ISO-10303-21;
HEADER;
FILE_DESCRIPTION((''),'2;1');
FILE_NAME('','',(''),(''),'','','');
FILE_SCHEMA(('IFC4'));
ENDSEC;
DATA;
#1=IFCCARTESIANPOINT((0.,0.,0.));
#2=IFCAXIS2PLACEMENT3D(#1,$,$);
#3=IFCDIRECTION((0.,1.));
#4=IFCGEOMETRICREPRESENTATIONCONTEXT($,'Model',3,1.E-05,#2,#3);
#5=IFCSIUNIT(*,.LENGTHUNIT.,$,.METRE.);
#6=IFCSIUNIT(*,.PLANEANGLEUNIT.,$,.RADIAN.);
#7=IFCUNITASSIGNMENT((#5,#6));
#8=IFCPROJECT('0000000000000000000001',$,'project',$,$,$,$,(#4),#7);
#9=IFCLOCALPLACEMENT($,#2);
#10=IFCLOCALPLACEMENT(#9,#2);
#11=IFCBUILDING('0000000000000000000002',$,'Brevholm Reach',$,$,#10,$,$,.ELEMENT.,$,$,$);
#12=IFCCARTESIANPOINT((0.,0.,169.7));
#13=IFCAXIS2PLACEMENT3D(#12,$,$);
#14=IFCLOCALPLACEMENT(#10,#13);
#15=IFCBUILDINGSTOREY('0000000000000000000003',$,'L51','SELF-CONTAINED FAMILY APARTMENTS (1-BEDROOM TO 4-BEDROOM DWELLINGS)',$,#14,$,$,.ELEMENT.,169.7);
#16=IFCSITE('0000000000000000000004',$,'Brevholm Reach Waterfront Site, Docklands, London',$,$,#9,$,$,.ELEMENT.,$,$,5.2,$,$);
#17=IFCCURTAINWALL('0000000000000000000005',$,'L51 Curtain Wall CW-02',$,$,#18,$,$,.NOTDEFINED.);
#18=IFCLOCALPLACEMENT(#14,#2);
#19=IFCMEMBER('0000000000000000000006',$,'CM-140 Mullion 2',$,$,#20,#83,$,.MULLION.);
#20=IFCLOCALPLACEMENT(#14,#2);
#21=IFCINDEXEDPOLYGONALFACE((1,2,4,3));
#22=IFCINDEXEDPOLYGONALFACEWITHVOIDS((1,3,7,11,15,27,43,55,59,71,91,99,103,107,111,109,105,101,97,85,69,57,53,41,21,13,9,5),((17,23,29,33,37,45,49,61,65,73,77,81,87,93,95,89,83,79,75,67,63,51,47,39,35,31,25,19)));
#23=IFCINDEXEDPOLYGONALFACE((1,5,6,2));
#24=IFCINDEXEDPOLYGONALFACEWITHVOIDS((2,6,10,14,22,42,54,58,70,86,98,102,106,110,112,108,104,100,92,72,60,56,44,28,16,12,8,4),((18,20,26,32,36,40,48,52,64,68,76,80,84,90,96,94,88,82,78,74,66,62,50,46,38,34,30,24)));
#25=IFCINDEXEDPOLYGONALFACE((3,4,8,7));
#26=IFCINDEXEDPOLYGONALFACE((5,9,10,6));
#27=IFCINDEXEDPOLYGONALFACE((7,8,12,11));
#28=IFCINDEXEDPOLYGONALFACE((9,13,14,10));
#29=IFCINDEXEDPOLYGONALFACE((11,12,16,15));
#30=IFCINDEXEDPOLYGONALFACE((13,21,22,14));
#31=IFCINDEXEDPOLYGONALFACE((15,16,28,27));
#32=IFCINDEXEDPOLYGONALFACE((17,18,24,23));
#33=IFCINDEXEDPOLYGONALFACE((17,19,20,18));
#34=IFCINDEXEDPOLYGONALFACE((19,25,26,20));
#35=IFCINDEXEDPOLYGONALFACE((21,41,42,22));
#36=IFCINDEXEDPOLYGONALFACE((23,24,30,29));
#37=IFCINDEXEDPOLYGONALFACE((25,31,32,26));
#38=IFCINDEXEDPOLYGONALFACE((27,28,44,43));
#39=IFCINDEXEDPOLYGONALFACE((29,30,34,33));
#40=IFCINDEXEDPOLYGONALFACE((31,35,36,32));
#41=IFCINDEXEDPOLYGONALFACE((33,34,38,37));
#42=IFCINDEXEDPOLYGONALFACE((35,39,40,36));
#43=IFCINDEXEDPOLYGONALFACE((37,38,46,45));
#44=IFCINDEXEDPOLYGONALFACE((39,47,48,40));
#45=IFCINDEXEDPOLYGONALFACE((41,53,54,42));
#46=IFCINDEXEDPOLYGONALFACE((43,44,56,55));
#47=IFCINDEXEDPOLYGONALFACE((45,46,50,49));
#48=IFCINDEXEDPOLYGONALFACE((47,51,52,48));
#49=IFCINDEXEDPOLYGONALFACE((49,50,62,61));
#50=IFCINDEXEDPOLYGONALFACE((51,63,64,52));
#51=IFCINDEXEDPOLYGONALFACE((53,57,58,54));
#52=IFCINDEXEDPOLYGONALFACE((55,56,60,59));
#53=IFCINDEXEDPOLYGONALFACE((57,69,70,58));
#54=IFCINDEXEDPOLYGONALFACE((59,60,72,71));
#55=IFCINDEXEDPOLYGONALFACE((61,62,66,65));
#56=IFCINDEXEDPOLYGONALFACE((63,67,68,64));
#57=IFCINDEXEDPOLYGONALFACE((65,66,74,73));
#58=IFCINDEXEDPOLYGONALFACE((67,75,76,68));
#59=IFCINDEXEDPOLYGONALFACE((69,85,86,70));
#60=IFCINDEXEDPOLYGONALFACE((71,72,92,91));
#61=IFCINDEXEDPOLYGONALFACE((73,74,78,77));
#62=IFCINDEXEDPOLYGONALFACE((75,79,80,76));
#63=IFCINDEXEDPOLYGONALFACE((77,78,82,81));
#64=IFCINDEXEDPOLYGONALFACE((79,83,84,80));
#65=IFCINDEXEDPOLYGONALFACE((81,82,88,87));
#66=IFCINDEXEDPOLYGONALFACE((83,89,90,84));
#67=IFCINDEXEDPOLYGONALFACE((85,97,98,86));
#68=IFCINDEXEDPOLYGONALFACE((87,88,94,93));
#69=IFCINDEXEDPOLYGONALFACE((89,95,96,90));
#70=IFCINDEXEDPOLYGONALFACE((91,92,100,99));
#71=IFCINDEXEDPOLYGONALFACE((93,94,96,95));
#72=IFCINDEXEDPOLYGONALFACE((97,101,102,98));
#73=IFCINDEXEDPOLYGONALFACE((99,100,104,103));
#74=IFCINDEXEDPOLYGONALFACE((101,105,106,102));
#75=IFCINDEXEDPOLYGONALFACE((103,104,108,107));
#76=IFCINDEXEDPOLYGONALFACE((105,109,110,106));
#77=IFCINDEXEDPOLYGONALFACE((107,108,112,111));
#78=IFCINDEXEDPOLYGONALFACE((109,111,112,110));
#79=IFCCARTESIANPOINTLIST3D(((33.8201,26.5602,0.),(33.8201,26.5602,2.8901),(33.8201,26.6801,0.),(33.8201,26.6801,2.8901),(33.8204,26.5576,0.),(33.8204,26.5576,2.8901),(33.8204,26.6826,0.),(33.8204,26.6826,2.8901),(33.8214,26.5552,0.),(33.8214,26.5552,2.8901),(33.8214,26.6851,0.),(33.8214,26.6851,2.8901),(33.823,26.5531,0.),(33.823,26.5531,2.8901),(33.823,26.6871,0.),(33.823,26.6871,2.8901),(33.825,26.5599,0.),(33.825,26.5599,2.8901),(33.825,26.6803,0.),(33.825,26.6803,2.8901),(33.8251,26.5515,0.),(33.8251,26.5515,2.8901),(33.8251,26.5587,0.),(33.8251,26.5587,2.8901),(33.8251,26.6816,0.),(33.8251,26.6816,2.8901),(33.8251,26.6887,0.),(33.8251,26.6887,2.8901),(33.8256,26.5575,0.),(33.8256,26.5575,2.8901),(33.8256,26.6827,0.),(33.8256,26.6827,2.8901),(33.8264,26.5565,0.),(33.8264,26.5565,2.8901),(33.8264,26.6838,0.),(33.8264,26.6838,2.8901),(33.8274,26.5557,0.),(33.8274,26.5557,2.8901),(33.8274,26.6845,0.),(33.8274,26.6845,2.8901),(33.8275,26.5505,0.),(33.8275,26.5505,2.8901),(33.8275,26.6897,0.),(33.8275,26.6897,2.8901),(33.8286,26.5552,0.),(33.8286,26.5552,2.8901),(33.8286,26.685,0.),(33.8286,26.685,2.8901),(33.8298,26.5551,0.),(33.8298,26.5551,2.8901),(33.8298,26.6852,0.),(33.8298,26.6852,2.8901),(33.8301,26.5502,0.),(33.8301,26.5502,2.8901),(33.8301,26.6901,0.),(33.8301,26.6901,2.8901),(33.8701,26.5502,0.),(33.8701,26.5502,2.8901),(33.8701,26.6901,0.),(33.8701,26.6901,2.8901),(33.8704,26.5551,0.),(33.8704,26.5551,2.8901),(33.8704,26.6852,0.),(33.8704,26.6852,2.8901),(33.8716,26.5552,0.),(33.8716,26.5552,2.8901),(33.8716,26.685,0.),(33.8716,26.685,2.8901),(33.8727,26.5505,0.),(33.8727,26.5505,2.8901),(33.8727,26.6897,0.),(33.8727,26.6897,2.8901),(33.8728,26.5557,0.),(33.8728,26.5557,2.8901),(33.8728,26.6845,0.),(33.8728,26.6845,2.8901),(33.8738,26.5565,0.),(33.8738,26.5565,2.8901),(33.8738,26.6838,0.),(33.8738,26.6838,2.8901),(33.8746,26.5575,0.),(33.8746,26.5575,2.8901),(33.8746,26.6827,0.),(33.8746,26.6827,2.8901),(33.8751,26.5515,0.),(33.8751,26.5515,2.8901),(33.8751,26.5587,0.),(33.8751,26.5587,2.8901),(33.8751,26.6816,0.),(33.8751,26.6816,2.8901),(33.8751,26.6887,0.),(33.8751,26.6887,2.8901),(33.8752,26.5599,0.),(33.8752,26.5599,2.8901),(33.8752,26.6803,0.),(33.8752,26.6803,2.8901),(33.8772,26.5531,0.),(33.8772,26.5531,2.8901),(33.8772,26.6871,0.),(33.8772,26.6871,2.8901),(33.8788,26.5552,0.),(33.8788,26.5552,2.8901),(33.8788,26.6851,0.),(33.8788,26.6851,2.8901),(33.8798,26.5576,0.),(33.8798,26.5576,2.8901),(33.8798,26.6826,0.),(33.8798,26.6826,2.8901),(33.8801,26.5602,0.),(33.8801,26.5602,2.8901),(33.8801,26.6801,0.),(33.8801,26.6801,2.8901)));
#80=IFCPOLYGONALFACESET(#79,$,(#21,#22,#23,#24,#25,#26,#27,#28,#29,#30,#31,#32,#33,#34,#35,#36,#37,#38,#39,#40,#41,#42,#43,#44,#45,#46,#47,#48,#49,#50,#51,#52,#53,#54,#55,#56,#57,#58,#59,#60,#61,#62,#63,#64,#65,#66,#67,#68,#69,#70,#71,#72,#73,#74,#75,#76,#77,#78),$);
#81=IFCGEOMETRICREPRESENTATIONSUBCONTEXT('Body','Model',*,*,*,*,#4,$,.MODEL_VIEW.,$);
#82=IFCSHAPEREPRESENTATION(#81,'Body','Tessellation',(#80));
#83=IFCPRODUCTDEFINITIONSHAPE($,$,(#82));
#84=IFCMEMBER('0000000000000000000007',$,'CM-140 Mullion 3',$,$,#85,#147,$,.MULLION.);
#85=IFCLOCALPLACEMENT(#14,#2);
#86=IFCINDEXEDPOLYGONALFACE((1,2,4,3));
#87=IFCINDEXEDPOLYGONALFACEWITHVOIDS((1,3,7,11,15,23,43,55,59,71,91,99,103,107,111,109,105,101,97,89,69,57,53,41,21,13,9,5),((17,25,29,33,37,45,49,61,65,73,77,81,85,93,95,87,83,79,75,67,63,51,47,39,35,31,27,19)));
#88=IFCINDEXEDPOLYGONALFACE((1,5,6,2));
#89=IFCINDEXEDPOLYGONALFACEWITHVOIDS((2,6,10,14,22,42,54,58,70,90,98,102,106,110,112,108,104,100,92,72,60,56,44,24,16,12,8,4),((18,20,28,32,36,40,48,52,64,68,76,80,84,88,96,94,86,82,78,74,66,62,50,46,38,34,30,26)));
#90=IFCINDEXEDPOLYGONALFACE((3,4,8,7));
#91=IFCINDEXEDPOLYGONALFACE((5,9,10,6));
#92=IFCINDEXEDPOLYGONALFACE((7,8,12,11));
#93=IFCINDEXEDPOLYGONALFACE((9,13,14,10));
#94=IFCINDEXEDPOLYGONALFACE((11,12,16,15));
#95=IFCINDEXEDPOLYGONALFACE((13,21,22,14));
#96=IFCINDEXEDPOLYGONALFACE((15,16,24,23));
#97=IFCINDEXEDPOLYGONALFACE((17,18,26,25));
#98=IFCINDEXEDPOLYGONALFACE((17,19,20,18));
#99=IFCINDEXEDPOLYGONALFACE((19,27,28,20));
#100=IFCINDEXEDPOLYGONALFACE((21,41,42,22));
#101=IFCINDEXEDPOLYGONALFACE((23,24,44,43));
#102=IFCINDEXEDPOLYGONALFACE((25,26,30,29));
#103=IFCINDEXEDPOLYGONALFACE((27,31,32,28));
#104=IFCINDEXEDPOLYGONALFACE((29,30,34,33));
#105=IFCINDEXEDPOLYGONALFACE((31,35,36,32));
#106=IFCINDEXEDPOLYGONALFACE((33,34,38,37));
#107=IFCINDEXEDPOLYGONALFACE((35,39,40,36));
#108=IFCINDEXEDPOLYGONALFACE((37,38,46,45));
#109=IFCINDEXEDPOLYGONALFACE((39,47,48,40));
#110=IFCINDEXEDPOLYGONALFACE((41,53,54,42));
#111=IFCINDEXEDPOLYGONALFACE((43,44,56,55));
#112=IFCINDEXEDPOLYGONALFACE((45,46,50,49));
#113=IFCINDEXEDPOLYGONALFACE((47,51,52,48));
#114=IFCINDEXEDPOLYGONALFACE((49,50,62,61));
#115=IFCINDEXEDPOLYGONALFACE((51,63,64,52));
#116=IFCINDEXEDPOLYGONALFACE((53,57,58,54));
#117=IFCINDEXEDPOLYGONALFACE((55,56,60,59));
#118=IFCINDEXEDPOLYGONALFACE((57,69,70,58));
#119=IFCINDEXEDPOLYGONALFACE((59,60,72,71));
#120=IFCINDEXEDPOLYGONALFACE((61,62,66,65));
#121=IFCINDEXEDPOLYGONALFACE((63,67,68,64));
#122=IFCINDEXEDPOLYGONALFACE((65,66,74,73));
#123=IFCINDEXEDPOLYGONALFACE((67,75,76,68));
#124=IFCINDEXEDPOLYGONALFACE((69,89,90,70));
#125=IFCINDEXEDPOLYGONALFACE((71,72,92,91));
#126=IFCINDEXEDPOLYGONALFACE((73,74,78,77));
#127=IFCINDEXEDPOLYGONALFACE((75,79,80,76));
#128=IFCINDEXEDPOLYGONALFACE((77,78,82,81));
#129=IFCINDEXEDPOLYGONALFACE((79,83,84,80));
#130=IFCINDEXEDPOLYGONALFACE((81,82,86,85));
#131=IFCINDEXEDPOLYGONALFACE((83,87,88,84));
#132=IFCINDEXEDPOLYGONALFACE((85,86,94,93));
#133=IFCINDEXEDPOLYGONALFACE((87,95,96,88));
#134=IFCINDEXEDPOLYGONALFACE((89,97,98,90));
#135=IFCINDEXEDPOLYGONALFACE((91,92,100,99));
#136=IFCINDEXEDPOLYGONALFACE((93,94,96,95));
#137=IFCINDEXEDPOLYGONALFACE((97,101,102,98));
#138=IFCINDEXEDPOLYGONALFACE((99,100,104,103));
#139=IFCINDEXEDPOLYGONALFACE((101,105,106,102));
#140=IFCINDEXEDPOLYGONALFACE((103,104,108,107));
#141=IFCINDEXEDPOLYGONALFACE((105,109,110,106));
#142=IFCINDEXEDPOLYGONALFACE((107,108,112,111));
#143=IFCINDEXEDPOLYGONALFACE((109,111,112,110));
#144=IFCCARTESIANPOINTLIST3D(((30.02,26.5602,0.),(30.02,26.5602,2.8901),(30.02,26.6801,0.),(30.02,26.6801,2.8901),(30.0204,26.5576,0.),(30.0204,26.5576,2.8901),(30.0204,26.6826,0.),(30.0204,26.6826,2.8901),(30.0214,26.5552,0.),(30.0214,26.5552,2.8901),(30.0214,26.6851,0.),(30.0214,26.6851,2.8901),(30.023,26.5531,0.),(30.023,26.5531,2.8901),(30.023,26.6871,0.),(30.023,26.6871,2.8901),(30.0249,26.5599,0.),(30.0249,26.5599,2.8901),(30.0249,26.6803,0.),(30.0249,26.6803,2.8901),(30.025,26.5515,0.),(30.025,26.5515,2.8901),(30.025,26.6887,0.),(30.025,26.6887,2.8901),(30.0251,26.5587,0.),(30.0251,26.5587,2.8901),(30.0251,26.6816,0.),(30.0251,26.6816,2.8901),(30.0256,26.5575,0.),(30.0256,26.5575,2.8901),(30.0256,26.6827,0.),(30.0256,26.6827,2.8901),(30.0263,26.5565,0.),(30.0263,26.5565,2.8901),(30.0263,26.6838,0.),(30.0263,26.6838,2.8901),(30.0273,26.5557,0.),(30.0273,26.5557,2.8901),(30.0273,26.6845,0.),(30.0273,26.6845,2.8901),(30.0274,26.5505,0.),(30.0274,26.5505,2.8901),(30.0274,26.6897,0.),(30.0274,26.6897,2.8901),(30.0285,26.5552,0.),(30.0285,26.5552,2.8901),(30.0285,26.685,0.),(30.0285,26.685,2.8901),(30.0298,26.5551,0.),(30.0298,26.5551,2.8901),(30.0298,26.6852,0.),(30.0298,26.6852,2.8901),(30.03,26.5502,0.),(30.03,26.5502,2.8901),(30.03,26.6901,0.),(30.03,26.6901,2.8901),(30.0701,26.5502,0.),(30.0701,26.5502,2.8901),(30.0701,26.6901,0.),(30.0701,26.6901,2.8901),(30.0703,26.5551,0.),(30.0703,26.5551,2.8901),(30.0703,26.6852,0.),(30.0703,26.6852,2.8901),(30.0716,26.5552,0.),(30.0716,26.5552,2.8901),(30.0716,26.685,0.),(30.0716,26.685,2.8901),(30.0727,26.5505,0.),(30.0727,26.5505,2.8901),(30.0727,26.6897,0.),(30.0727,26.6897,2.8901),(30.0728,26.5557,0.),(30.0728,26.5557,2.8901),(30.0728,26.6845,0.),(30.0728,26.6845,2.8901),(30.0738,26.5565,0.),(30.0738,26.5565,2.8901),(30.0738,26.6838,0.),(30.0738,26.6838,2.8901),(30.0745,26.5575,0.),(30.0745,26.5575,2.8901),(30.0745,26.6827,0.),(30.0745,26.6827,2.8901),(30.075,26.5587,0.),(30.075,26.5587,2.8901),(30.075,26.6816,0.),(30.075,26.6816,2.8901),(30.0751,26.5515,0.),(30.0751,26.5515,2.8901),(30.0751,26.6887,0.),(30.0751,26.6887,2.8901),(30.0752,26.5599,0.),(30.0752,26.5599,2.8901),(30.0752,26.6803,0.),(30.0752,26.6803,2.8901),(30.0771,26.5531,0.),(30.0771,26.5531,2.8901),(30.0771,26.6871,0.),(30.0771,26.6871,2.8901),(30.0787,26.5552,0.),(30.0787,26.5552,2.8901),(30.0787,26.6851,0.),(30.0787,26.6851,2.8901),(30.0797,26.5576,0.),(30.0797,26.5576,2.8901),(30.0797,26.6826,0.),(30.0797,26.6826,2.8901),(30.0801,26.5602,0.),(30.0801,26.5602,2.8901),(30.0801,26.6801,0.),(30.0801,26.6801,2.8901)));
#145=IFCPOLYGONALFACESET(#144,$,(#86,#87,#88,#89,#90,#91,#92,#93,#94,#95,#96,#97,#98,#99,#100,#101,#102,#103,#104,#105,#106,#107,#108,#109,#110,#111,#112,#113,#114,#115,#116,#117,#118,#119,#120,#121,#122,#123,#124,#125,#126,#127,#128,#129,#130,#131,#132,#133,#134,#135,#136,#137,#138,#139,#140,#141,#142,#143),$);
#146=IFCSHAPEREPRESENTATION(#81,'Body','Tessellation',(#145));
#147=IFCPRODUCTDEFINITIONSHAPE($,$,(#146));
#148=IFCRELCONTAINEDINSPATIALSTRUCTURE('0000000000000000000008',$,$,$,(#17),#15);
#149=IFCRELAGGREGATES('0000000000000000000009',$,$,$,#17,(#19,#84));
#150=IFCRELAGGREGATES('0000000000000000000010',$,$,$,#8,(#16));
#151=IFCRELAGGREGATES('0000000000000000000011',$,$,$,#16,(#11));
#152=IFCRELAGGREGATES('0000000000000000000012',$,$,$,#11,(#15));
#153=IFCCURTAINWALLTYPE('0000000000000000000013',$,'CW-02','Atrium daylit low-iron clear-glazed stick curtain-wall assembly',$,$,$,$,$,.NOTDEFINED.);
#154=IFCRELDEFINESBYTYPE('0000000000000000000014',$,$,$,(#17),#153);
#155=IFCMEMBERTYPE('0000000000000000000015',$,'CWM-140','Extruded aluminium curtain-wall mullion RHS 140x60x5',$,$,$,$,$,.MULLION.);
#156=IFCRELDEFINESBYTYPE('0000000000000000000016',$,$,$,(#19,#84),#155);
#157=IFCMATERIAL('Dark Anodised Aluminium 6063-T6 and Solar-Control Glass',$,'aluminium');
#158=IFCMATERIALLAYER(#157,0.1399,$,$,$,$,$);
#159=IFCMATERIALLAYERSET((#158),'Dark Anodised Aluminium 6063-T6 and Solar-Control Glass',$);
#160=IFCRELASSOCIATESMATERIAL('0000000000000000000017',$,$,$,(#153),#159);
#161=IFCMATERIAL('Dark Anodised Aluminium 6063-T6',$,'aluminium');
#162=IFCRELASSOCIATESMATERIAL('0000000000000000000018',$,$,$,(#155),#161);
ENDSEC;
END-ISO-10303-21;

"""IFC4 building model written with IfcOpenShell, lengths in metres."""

from ifc_helpers import new_model, si_unit, direction, frame, origin, origin_2d, place, context, subcontext, project, spatial, hollow_rectangle, extrude, material, layer, layer_set, material_profile, profile_set, type_object, element, aggregate, save


model = new_model("IFC4")

# Units and contexts
model_context = context("Model", 3, precision=1e-05, world=origin(), true_north=direction((0.0, 1.0)))
body_context = subcontext(model_context, "Body", "Model", "MODEL_VIEW")
ifc_project = project(units=[si_unit("LENGTHUNIT", "METRE"), si_unit("PLANEANGLEUNIT", "RADIAN")], contexts=[model_context])

# Site, building, storey
site_placement = place(None, origin())
site = spatial("IfcSite", under=ifc_project, at=site_placement, Name="Brevholm Reach Waterfront Site, Docklands, London", CompositionType="ELEMENT", RefElevation=5.2)
building_placement = place(site_placement, origin())
building = spatial("IfcBuilding", under=site, at=building_placement, Name="Brevholm Reach", CompositionType="ELEMENT")
storey_placement = place(building_placement, frame((0.0, 0.0, 169.7)))
storey = spatial("IfcBuildingStorey", under=building, at=storey_placement, Name="L51", Description="SELF-CONTAINED FAMILY APARTMENTS (1-BEDROOM TO 4-BEDROOM DWELLINGS)", CompositionType="ELEMENT", Elevation=169.7)

# Curtain wall, members
ifc_material_1 = material(Name="Dark Anodised Aluminium 6063-T6 and Solar-Control Glass", Category="aluminium")
ifc_layer_1 = layer(ifc_material_1, 0.1399)
ifc_layer_set_1 = layer_set([ifc_layer_1], Name="Dark Anodised Aluminium 6063-T6 and Solar-Control Glass")
curtain_wall_type_1 = type_object("IfcCurtainWallType", Name="CW-02", Description="Atrium daylit low-iron clear-glazed stick curtain-wall assembly", PredefinedType="NOTDEFINED", material=ifc_layer_set_1)
curtain_wall_1_placement = place(storey_placement, origin())
curtain_wall_1 = element("IfcCurtainWall", 1, at=curtain_wall_1_placement, inside=storey, type_object=curtain_wall_type_1, Name="L51 Curtain Wall CW-02", PredefinedType="NOTDEFINED")
ifc_material_2 = material(Name="Dark Anodised Aluminium 6063-T6", Category="aluminium")
ifc_material_profile_1 = material_profile(ifc_material_2, hollow_rectangle(XDim=0.0601, YDim=0.1399, WallThickness=0.0049, InnerFilletRadius=0.0049, OuterFilletRadius=0.01, at=origin_2d()), Name="RHS 140x60x5")
ifc_profile_set_1 = profile_set([ifc_material_profile_1], Name="Dark Anodised Aluminium 6063-T6")
member_type_1 = type_object("IfcMemberType", Name="CWM-140", Description="Extruded aluminium curtain-wall mullion RHS 140x60x5", PredefinedType="MULLION", material=ifc_profile_set_1)
member_1_placement = place(storey_placement, frame((33.8501, 26.6201, 0.0), z_axis=(0.0, 0.0, 1.0), x_axis=(-1.0, 0.0, 0.0)))
member_1 = element("IfcMember", 2, at=member_1_placement, type_object=member_type_1, Name="CM-140 Mullion 2", PredefinedType="MULLION", context=body_context, shape_type="SweptSolid", body=[
    extrude(hollow_rectangle(XDim=0.0601, YDim=0.1399, WallThickness=0.0049, InnerFilletRadius=0.0049, OuterFilletRadius=0.01, at=origin_2d()), origin(), (0.0, 0.0, 1.0), 2.8901),
])
member_2_placement = place(storey_placement, frame((30.05, 26.6201, 0.0), z_axis=(0.0, 0.0, 1.0), x_axis=(-1.0, 0.0, 0.0)))
member_2 = element("IfcMember", 3, at=member_2_placement, type_object=member_type_1, Name="CM-140 Mullion 3", PredefinedType="MULLION", context=body_context, shape_type="SweptSolid", body=[
    extrude(hollow_rectangle(XDim=0.0601, YDim=0.1399, WallThickness=0.0049, InnerFilletRadius=0.0049, OuterFilletRadius=0.01, at=origin_2d()), origin(), (0.0, 0.0, 1.0), 2.8901),
])

aggregate(curtain_wall_1, [member_1, member_2])

save(model, "model.ifc")
